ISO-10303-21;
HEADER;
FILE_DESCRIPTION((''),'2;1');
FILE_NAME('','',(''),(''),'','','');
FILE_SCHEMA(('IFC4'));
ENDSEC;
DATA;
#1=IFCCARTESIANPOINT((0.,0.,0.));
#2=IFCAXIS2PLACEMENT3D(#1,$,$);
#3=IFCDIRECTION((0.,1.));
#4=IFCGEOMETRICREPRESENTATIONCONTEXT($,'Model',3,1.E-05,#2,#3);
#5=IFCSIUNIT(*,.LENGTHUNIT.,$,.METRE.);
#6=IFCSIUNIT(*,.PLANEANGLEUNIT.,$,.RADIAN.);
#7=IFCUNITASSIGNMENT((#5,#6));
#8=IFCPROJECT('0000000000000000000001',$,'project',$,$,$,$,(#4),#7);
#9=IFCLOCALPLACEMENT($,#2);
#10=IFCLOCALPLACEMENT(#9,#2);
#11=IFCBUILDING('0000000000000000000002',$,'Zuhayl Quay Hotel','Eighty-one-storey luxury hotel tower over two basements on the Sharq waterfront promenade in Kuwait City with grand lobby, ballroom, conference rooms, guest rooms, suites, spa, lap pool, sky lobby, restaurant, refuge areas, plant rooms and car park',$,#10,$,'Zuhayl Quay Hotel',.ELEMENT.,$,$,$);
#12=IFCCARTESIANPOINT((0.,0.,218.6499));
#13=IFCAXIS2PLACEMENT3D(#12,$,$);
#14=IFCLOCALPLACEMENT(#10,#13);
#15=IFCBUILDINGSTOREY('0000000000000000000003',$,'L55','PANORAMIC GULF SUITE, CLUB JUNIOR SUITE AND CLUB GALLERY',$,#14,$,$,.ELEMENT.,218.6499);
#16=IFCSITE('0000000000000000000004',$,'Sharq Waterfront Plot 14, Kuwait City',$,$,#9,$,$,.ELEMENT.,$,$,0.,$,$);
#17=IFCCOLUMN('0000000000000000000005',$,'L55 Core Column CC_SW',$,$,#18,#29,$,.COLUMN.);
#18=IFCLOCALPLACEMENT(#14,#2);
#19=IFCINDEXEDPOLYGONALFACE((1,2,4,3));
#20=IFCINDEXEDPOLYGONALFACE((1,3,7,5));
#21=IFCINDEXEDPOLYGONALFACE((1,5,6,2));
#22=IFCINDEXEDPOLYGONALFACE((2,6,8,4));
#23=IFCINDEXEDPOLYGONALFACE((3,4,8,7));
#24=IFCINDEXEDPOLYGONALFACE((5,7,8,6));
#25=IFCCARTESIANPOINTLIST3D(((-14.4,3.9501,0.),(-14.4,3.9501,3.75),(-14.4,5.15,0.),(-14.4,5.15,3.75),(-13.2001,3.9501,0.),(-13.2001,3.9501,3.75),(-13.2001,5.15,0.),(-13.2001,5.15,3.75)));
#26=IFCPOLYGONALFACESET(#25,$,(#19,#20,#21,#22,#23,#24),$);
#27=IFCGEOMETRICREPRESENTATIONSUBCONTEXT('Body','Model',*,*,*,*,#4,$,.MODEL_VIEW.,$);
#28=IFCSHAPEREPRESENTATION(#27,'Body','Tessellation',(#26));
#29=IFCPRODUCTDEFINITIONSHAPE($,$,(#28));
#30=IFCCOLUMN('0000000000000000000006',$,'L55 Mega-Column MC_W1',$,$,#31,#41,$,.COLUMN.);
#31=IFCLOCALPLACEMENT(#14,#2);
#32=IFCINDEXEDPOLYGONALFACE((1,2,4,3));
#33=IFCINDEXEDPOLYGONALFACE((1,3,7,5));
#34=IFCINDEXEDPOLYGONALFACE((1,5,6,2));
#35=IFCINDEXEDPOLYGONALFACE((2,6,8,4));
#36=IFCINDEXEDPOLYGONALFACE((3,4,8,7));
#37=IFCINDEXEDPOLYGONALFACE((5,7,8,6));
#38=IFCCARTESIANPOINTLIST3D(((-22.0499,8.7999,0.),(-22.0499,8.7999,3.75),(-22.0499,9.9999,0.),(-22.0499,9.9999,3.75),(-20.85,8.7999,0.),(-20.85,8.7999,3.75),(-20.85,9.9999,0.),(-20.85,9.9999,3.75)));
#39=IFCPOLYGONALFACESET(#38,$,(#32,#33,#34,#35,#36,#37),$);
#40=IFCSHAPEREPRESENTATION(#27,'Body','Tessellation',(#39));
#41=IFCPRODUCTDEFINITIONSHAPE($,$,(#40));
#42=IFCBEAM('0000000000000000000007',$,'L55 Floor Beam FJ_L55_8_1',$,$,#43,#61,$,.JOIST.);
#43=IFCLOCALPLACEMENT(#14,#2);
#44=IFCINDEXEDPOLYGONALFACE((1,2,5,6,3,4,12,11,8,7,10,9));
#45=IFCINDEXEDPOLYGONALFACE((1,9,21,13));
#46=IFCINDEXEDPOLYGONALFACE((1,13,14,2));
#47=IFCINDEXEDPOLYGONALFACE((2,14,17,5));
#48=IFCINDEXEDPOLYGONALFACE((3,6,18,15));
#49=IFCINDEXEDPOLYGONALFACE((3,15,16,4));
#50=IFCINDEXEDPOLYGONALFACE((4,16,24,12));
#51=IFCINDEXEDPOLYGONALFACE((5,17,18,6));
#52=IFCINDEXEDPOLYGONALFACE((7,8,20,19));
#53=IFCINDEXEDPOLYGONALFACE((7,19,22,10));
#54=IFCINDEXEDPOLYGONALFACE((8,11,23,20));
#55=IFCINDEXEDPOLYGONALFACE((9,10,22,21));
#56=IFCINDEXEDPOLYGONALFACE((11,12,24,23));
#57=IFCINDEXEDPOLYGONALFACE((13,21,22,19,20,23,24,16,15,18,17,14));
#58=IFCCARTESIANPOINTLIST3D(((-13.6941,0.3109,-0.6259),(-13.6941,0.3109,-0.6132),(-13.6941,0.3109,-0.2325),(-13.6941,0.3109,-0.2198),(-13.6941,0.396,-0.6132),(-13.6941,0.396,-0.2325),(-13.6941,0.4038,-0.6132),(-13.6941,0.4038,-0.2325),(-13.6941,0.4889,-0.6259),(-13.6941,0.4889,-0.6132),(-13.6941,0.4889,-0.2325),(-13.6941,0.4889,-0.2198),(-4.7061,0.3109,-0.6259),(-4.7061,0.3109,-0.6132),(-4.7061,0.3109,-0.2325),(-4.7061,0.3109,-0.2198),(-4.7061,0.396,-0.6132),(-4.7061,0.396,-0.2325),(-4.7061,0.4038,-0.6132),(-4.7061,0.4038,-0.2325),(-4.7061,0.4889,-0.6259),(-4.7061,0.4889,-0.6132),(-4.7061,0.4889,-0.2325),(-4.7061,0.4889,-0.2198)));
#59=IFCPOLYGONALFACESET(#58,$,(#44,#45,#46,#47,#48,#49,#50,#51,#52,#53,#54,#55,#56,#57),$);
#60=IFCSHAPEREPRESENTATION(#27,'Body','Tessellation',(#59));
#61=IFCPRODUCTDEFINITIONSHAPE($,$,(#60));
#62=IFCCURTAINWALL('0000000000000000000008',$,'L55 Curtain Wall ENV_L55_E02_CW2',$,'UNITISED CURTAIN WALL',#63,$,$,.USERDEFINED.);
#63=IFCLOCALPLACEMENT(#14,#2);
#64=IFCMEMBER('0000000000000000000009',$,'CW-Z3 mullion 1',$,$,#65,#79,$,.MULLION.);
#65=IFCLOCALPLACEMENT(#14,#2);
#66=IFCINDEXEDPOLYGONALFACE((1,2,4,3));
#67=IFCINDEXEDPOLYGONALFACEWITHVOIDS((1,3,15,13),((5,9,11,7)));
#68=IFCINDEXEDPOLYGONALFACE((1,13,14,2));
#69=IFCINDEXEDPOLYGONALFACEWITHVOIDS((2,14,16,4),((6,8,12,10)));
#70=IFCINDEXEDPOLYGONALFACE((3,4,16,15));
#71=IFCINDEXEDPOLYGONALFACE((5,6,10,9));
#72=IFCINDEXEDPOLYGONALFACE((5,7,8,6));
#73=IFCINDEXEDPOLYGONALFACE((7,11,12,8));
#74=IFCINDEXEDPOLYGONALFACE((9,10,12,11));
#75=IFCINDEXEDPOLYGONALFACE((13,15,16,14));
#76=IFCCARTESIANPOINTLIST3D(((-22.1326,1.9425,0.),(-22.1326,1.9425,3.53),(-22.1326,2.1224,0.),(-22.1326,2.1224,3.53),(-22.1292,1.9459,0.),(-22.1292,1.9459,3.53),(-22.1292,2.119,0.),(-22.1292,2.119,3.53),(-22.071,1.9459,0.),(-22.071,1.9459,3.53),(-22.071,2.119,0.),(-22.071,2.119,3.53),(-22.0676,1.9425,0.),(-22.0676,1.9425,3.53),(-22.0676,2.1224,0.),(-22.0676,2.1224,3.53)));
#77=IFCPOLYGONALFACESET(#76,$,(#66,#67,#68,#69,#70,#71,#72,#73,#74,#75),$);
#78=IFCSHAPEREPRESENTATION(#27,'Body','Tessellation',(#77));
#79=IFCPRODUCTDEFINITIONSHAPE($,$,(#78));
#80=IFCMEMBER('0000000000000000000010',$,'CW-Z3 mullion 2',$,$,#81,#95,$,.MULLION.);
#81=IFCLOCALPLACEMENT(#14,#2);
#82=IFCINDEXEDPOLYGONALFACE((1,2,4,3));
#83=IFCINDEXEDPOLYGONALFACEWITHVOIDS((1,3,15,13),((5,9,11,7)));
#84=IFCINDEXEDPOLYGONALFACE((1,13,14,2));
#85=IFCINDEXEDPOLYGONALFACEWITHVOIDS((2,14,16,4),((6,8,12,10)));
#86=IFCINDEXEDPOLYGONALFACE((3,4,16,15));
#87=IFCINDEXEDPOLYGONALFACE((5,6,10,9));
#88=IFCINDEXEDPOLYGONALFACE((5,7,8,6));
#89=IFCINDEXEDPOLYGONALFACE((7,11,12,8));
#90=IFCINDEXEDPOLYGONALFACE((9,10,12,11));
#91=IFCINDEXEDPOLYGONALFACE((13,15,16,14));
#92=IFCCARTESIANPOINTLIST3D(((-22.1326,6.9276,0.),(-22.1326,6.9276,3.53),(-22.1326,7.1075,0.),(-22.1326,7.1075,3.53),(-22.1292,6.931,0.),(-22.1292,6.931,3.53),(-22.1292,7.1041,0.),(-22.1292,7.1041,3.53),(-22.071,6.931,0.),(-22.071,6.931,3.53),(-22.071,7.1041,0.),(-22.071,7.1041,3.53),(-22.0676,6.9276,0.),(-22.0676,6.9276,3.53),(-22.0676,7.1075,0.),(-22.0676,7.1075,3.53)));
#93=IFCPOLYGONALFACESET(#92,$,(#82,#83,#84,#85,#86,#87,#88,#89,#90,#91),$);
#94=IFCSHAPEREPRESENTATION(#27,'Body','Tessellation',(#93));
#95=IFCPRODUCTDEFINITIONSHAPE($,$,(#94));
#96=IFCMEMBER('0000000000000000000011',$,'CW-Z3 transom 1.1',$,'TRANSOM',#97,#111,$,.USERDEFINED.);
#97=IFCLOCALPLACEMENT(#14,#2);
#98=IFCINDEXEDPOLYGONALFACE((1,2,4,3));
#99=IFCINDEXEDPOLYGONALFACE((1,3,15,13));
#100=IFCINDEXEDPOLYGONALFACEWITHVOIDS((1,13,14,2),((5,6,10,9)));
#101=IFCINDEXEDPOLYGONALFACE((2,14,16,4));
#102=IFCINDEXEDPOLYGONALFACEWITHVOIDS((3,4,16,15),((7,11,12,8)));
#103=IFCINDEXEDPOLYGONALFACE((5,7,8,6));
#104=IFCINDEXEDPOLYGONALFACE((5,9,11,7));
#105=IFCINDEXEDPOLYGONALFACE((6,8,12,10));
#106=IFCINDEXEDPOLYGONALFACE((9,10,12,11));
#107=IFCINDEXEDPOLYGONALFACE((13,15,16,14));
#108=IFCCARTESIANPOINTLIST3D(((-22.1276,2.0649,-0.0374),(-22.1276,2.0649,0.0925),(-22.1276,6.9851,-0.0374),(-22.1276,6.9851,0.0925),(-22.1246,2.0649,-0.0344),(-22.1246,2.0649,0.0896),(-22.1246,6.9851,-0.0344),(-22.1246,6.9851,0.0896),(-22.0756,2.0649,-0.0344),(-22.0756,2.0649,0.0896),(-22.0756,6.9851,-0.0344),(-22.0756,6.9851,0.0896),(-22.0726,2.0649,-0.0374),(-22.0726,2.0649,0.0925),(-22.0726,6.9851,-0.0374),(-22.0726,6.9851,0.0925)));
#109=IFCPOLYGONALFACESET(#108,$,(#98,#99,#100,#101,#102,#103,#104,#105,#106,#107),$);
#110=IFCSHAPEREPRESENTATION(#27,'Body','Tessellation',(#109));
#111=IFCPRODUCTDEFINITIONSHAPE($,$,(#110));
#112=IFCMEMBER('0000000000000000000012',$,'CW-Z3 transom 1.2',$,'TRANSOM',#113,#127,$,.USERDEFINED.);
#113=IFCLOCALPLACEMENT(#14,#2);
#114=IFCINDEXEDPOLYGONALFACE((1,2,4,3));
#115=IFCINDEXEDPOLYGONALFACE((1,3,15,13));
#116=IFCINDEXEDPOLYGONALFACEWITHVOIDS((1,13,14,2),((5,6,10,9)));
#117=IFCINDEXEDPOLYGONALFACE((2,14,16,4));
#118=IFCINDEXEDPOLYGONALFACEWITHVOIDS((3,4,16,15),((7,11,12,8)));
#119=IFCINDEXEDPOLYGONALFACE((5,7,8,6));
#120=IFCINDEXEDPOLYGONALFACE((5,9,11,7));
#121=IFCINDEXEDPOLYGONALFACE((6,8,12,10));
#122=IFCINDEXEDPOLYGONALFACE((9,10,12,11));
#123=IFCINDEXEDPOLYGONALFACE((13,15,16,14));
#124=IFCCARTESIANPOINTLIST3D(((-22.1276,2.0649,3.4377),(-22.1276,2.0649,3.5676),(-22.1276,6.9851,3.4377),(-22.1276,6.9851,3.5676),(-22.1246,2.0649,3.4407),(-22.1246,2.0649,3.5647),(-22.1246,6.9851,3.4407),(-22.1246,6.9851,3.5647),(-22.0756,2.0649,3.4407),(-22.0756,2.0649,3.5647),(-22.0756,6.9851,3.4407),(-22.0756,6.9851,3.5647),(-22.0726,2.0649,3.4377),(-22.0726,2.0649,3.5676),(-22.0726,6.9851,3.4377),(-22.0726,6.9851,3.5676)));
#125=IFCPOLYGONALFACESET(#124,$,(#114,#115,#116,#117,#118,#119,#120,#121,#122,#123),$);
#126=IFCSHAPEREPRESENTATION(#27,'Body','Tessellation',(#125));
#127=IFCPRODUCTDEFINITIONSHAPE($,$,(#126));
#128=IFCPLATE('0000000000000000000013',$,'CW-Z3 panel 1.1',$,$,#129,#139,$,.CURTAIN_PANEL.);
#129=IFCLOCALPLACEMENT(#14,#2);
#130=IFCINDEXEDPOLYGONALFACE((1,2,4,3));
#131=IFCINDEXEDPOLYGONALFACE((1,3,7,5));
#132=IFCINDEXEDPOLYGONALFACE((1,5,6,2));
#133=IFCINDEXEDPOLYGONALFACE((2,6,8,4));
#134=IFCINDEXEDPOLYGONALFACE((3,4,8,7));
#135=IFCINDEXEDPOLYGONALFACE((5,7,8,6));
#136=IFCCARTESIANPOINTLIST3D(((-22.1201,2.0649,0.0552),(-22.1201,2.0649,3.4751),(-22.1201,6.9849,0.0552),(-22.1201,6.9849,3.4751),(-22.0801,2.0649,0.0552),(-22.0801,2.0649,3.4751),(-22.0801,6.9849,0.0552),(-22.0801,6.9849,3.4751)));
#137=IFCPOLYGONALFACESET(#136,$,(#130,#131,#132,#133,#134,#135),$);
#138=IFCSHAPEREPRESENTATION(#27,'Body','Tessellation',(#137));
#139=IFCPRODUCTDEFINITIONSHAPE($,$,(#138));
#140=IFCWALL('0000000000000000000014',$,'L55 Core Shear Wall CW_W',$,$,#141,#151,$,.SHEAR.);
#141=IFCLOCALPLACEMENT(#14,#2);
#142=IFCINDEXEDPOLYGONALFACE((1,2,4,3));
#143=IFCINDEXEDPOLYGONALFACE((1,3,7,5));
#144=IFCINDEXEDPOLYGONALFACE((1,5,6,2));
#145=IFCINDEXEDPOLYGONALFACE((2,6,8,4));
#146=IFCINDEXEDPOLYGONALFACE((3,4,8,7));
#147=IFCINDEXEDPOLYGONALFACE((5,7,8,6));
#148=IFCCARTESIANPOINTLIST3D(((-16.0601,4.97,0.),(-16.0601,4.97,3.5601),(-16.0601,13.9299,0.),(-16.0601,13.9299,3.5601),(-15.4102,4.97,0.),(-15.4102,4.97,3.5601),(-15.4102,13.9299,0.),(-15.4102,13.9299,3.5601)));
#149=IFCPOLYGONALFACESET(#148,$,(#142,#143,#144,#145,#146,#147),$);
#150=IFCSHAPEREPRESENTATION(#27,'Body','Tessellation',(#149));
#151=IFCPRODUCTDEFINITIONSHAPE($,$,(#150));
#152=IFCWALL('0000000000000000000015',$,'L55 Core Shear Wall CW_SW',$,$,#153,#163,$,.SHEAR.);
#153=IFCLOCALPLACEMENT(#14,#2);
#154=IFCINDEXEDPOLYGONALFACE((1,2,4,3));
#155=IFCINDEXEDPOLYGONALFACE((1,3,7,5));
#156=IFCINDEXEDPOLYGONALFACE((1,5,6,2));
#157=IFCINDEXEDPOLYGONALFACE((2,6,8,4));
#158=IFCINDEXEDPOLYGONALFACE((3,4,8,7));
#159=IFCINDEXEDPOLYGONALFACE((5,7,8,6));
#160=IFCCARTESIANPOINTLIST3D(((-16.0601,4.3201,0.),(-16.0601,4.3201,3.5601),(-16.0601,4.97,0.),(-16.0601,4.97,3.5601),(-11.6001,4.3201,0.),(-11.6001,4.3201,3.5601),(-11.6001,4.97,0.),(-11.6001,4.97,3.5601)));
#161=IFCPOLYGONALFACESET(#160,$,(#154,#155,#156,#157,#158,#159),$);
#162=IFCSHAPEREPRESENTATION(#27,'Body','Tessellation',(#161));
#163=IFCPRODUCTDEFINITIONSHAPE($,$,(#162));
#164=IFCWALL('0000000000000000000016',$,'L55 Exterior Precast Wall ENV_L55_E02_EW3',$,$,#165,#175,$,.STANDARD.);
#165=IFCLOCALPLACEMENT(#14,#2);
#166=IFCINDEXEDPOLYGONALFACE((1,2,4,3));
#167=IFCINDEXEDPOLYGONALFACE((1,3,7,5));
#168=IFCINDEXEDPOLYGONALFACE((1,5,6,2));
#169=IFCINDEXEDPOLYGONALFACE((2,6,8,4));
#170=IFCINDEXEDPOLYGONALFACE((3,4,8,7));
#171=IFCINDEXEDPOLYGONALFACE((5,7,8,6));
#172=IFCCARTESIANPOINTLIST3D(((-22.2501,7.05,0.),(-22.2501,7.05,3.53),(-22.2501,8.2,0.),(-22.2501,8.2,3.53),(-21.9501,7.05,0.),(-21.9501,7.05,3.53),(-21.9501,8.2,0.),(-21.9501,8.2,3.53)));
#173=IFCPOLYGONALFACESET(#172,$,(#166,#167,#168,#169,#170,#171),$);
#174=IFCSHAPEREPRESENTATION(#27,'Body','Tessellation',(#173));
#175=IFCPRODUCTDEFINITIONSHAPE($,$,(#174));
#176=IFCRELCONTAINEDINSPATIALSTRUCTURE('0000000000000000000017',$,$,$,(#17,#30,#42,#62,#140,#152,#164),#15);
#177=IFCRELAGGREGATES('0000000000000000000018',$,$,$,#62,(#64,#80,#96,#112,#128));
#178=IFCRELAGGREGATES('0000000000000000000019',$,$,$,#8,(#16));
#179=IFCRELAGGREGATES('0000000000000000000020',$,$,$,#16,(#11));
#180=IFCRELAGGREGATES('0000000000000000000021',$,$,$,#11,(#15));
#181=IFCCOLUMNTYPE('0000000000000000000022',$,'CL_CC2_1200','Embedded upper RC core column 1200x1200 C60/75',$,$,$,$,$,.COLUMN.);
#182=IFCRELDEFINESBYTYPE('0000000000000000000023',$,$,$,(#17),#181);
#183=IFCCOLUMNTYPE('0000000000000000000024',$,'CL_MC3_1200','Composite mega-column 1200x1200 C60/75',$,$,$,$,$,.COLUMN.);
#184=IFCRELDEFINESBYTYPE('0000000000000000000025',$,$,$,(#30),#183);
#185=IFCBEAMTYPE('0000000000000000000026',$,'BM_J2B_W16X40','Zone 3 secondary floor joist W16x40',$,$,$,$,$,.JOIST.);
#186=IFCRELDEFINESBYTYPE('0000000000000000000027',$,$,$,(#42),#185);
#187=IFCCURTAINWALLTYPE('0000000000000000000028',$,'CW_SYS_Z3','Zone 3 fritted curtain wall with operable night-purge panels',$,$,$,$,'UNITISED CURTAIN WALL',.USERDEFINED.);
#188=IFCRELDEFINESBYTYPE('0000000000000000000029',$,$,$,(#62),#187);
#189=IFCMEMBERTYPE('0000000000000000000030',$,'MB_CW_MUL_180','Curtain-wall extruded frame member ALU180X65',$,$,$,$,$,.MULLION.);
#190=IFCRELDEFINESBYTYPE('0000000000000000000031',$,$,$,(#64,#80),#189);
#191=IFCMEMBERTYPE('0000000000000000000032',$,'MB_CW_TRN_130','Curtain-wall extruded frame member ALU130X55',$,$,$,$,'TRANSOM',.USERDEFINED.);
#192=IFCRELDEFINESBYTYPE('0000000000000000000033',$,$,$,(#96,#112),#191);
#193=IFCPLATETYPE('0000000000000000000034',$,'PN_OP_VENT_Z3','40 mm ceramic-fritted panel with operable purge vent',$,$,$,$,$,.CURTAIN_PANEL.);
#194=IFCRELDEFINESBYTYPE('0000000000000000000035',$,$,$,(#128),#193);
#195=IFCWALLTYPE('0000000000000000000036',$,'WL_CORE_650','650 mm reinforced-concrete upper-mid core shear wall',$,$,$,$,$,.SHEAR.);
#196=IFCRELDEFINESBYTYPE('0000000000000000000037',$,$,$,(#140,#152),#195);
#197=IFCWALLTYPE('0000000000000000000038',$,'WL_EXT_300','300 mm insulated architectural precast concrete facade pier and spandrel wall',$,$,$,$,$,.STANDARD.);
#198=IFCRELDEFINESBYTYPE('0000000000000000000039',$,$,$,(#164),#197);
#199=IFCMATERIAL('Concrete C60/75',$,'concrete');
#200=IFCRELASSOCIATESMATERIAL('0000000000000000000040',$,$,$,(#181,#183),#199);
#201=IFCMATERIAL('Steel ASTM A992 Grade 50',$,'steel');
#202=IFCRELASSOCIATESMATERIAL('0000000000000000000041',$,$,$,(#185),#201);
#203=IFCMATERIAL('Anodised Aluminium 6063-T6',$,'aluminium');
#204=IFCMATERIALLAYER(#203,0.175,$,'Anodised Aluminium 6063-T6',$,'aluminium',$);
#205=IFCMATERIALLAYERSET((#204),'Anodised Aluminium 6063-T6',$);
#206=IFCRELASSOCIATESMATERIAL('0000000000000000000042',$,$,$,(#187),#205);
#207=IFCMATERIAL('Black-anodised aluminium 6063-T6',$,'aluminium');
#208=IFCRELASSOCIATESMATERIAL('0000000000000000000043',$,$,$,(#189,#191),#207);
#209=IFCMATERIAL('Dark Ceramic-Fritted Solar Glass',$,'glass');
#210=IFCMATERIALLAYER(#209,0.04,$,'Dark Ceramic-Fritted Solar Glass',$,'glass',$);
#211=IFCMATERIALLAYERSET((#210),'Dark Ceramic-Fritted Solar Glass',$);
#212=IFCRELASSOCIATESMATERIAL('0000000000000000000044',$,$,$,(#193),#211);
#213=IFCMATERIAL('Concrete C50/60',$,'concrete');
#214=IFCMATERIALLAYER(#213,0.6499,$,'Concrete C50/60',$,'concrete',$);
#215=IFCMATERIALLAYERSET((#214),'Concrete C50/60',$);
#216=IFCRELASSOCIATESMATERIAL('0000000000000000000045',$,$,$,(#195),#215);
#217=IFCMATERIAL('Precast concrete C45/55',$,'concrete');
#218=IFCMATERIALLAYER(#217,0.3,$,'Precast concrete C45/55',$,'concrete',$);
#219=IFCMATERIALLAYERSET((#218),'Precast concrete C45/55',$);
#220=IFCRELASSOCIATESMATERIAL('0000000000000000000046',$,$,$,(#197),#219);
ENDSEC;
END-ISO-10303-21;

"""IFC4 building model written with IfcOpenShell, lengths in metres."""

from ifc_helpers import new_model, si_unit, direction, frame, frame_2d, origin, origin_2d, place, context, subcontext, project, spatial, rectangle, hollow_rectangle, i_section, extrude, material, layer, layer_set, material_profile, profile_set, type_object, element, aggregate, save


model = new_model("IFC4")

# Units and contexts
model_context = context("Model", 3, precision=1e-05, world=origin(), true_north=direction((0.0, 1.0)))
body_context = subcontext(model_context, "Body", "Model", "MODEL_VIEW")
ifc_project = project(units=[si_unit("LENGTHUNIT", "METRE"), si_unit("PLANEANGLEUNIT", "RADIAN")], contexts=[model_context])

# Site, building, storey
site_placement = place(None, origin())
site = spatial("IfcSite", under=ifc_project, at=site_placement, Name="Sharq Waterfront Plot 14, Kuwait City", CompositionType="ELEMENT", RefElevation=0.0)
building_placement = place(site_placement, origin())
building = spatial("IfcBuilding", under=site, at=building_placement, Name="Zuhayl Quay Hotel", Description="Eighty-one-storey luxury hotel tower over two basements on the Sharq waterfront promenade in Kuwait City with grand lobby, ballroom, conference rooms, guest rooms, suites, spa, lap pool, sky lobby, restaurant, refuge areas, plant rooms and car park", LongName="Zuhayl Quay Hotel", CompositionType="ELEMENT")
storey_placement = place(building_placement, frame((0.0, 0.0, 218.6499)))
storey = spatial("IfcBuildingStorey", under=building, at=storey_placement, Name="L55", Description="PANORAMIC GULF SUITE, CLUB JUNIOR SUITE AND CLUB GALLERY", CompositionType="ELEMENT", Elevation=218.6499)

# Columns
ifc_material_1 = material(Name="Concrete C60/75", Category="concrete")
ifc_material_profile_1 = material_profile(ifc_material_1, rectangle(XDim=1.2, YDim=1.2, at=origin_2d()), Name="RC1200X1200")
ifc_profile_set_1 = profile_set([ifc_material_profile_1], Name="Concrete C60/75")
column_type_1 = type_object("IfcColumnType", Name="CL_CC2_1200", Description="Embedded upper RC core column 1200x1200 C60/75", PredefinedType="COLUMN", material=ifc_profile_set_1)
column_1_placement = place(storey_placement, frame((-13.8, 4.55, 0.0), z_axis=(0.0, 0.0, 1.0), x_axis=(1.0, 0.0, 0.0)))
element("IfcColumn", 1, at=column_1_placement, inside=storey, type_object=column_type_1, Name="L55 Core Column CC_SW", PredefinedType="COLUMN", context=body_context, shape_type="SweptSolid", body=[
    extrude(rectangle(XDim=1.2, YDim=1.2, at=origin_2d()), origin(), (0.0, 0.0, 1.0), 3.75),
])
ifc_material_profile_2 = material_profile(ifc_material_1, rectangle(XDim=1.2, YDim=1.2, at=origin_2d()), Name="RC1200X1200")
ifc_profile_set_2 = profile_set([ifc_material_profile_2], Name="Concrete C60/75")
column_type_2 = type_object("IfcColumnType", Name="CL_MC3_1200", Description="Composite mega-column 1200x1200 C60/75", PredefinedType="COLUMN", material=ifc_profile_set_2)
column_2_placement = place(storey_placement, frame((-21.45, 9.3999, 0.0), z_axis=(0.0, 0.0, 1.0), x_axis=(1.0, 0.0, 0.0)))
element("IfcColumn", 2, at=column_2_placement, inside=storey, type_object=column_type_2, Name="L55 Mega-Column MC_W1", PredefinedType="COLUMN", context=body_context, shape_type="SweptSolid", body=[
    extrude(rectangle(XDim=1.2, YDim=1.2, at=origin_2d()), origin(), (0.0, 0.0, 1.0), 3.75),
])

# Beam
ifc_material_2 = material(Name="Steel ASTM A992 Grade 50", Category="steel")
ifc_material_profile_3 = material_profile(ifc_material_2, i_section(OverallWidth=0.178, OverallDepth=0.406, WebThickness=0.0078, FlangeThickness=0.0127, at=origin_2d()), Name="W16X40")
ifc_profile_set_3 = profile_set([ifc_material_profile_3], Name="Steel ASTM A992 Grade 50")
beam_type = type_object("IfcBeamType", Name="BM_J2B_W16X40", Description="Zone 3 secondary floor joist W16x40", PredefinedType="JOIST", material=ifc_profile_set_3)
beam_placement = place(storey_placement, frame((-13.6941, 0.3999, -0.4229), z_axis=(1.0, 0.0, 0.0), x_axis=(0.0, 1.0, 0.0)))
element("IfcBeam", 3, at=beam_placement, inside=storey, type_object=beam_type, Name="L55 Floor Beam FJ_L55_8_1", PredefinedType="JOIST", context=body_context, shape_type="SweptSolid", body=[
    extrude(i_section(OverallWidth=0.178, OverallDepth=0.406, WebThickness=0.0078, FlangeThickness=0.0127, at=origin_2d()), origin(), (0.0, 0.0, 1.0), 8.988),
])

# Curtain wall, members, plate
ifc_material_3 = material(Name="Anodised Aluminium 6063-T6", Category="aluminium")
ifc_layer_1 = layer(ifc_material_3, 0.175, Name="Anodised Aluminium 6063-T6", Category="aluminium")
ifc_layer_set_1 = layer_set([ifc_layer_1], Name="Anodised Aluminium 6063-T6")
curtain_wall_type = type_object("IfcCurtainWallType", Name="CW_SYS_Z3", Description="Zone 3 fritted curtain wall with operable night-purge panels", ElementType="UNITISED CURTAIN WALL", PredefinedType="USERDEFINED", material=ifc_layer_set_1)
curtain_wall_placement = place(storey_placement, origin())
curtain_wall = element("IfcCurtainWall", 4, at=curtain_wall_placement, inside=storey, type_object=curtain_wall_type, Name="L55 Curtain Wall ENV_L55_E02_CW2", ObjectType="UNITISED CURTAIN WALL", PredefinedType="USERDEFINED")
ifc_material_4 = material(Name="Black-anodised aluminium 6063-T6", Category="aluminium")
ifc_material_profile_4 = material_profile(ifc_material_4, hollow_rectangle(XDim=0.0649, YDim=0.1799, WallThickness=0.0034, at=origin_2d()), Name="ALU180X65")
ifc_profile_set_4 = profile_set([ifc_material_profile_4], Name="Black-anodised aluminium 6063-T6")
member_type_1 = type_object("IfcMemberType", Name="MB_CW_MUL_180", Description="Curtain-wall extruded frame member ALU180X65", PredefinedType="MULLION", material=ifc_profile_set_4)
member_1_placement = place(storey_placement, frame((-22.1001, 2.0325, 0.0), z_axis=(0.0, 0.0, 1.0), x_axis=(-1.0, 0.0, 0.0)))
member_1 = element("IfcMember", 5, at=member_1_placement, type_object=member_type_1, Name="CW-Z3 mullion 1", PredefinedType="MULLION", context=body_context, shape_type="SweptSolid", body=[
    extrude(hollow_rectangle(XDim=0.0649, YDim=0.1799, WallThickness=0.0034, at=origin_2d()), origin(), (0.0, 0.0, 1.0), 3.53),
])
member_2_placement = place(storey_placement, frame((-22.1001, 7.0176, 0.0), z_axis=(0.0, 0.0, 1.0), x_axis=(-1.0, 0.0, 0.0)))
member_2 = element("IfcMember", 6, at=member_2_placement, type_object=member_type_1, Name="CW-Z3 mullion 2", PredefinedType="MULLION", context=body_context, shape_type="SweptSolid", body=[
    extrude(hollow_rectangle(XDim=0.0649, YDim=0.1799, WallThickness=0.0034, at=origin_2d()), origin(), (0.0, 0.0, 1.0), 3.53),
])
ifc_material_profile_5 = material_profile(ifc_material_4, hollow_rectangle(XDim=0.0549, YDim=0.1299, WallThickness=0.0029, at=origin_2d()), Name="ALU130X55")
ifc_profile_set_5 = profile_set([ifc_material_profile_5], Name="Black-anodised aluminium 6063-T6")
member_type_2 = type_object("IfcMemberType", Name="MB_CW_TRN_130", Description="Curtain-wall extruded frame member ALU130X55", ElementType="TRANSOM", PredefinedType="USERDEFINED", material=ifc_profile_set_5)
member_3_placement = place(storey_placement, frame((-22.1001, 2.0649, 0.0276), z_axis=(0.0, 1.0, 0.0), x_axis=(-1.0, 0.0, 0.0)))
member_3 = element("IfcMember", 7, at=member_3_placement, type_object=member_type_2, Name="CW-Z3 transom 1.1", ObjectType="TRANSOM", PredefinedType="USERDEFINED", context=body_context, shape_type="SweptSolid", body=[
    extrude(hollow_rectangle(XDim=0.0549, YDim=0.1299, WallThickness=0.0029, at=origin_2d()), origin(), (0.0, 0.0, 1.0), 4.9202),
])
member_4_placement = place(storey_placement, frame((-22.1001, 2.0649, 3.5027), z_axis=(0.0, 1.0, 0.0), x_axis=(-1.0, 0.0, 0.0)))
member_4 = element("IfcMember", 8, at=member_4_placement, type_object=member_type_2, Name="CW-Z3 transom 1.2", ObjectType="TRANSOM", PredefinedType="USERDEFINED", context=body_context, shape_type="SweptSolid", body=[
    extrude(hollow_rectangle(XDim=0.0549, YDim=0.1299, WallThickness=0.0029, at=origin_2d()), origin(), (0.0, 0.0, 1.0), 4.9202),
])
ifc_material_5 = material(Name="Dark Ceramic-Fritted Solar Glass", Category="glass")
ifc_layer_2 = layer(ifc_material_5, 0.04, Name="Dark Ceramic-Fritted Solar Glass", Category="glass")
ifc_layer_set_2 = layer_set([ifc_layer_2], Name="Dark Ceramic-Fritted Solar Glass")
plate_type = type_object("IfcPlateType", Name="PN_OP_VENT_Z3", Description="40 mm ceramic-fritted panel with operable purge vent", PredefinedType="CURTAIN_PANEL", material=ifc_layer_set_2)
plate_placement = place(storey_placement, frame((-22.1001, 4.5249, 0.0552), z_axis=(0.0, 0.0, 1.0), x_axis=(0.0, 1.0, 0.0)))
plate = element("IfcPlate", 9, at=plate_placement, type_object=plate_type, Name="CW-Z3 panel 1.1", PredefinedType="CURTAIN_PANEL", context=body_context, shape_type="SweptSolid", body=[
    extrude(rectangle(XDim=4.9199, YDim=0.04, at=origin_2d()), origin(), (0.0, 0.0, 1.0), 3.4199),
])
aggregate(curtain_wall, [member_1, member_2, member_3, member_4, plate])

# Walls
ifc_material_6 = material(Name="Concrete C50/60", Category="concrete")
ifc_layer_3 = layer(ifc_material_6, 0.6499, Name="Concrete C50/60", Category="concrete")
ifc_layer_set_3 = layer_set([ifc_layer_3], Name="Concrete C50/60")
wall_type_1 = type_object("IfcWallType", Name="WL_CORE_650", Description="650 mm reinforced-concrete upper-mid core shear wall", PredefinedType="SHEAR", material=ifc_layer_set_3)
wall_1_placement = place(storey_placement, frame((-15.7351, 4.97, 0.0), z_axis=(0.0, 0.0, 1.0), x_axis=(0.0, 1.0, 0.0)))
element("IfcWall", 10, at=wall_1_placement, inside=storey, type_object=wall_type_1, Name="L55 Core Shear Wall CW_W", PredefinedType="SHEAR", context=body_context, shape_type="SweptSolid", body=[
    extrude(rectangle(XDim=8.96, YDim=0.6499, at=frame_2d((4.48, 0.0))), origin(), (0.0, 0.0, 1.0), 3.5601),
])
wall_2_placement = place(storey_placement, frame((-16.0601, 4.645, 0.0), z_axis=(0.0, 0.0, 1.0), x_axis=(1.0, 0.0, 0.0)))
element("IfcWall", 11, at=wall_2_placement, inside=storey, type_object=wall_type_1, Name="L55 Core Shear Wall CW_SW", PredefinedType="SHEAR", context=body_context, shape_type="SweptSolid", body=[
    extrude(rectangle(XDim=4.46, YDim=0.6499, at=frame_2d((2.23, 0.0))), origin(), (0.0, 0.0, 1.0), 3.5601),
])
ifc_material_7 = material(Name="Precast concrete C45/55", Category="concrete")
ifc_layer_4 = layer(ifc_material_7, 0.3, Name="Precast concrete C45/55", Category="concrete")
ifc_layer_set_4 = layer_set([ifc_layer_4], Name="Precast concrete C45/55")
wall_type_2 = type_object("IfcWallType", Name="WL_EXT_300", Description="300 mm insulated architectural precast concrete facade pier and spandrel wall", PredefinedType="STANDARD", material=ifc_layer_set_4)
wall_3_placement = place(storey_placement, frame((-22.1001, 7.05, 0.0), z_axis=(0.0, 0.0, 1.0), x_axis=(0.0, 1.0, 0.0)))
element("IfcWall", 12, at=wall_3_placement, inside=storey, type_object=wall_type_2, Name="L55 Exterior Precast Wall ENV_L55_E02_EW3", PredefinedType="STANDARD", context=body_context, shape_type="SweptSolid", body=[
    extrude(rectangle(XDim=1.1499, YDim=0.3, at=frame_2d((0.575, 0.0))), origin(), (0.0, 0.0, 1.0), 3.53),
])

save(model, "model.ifc")
